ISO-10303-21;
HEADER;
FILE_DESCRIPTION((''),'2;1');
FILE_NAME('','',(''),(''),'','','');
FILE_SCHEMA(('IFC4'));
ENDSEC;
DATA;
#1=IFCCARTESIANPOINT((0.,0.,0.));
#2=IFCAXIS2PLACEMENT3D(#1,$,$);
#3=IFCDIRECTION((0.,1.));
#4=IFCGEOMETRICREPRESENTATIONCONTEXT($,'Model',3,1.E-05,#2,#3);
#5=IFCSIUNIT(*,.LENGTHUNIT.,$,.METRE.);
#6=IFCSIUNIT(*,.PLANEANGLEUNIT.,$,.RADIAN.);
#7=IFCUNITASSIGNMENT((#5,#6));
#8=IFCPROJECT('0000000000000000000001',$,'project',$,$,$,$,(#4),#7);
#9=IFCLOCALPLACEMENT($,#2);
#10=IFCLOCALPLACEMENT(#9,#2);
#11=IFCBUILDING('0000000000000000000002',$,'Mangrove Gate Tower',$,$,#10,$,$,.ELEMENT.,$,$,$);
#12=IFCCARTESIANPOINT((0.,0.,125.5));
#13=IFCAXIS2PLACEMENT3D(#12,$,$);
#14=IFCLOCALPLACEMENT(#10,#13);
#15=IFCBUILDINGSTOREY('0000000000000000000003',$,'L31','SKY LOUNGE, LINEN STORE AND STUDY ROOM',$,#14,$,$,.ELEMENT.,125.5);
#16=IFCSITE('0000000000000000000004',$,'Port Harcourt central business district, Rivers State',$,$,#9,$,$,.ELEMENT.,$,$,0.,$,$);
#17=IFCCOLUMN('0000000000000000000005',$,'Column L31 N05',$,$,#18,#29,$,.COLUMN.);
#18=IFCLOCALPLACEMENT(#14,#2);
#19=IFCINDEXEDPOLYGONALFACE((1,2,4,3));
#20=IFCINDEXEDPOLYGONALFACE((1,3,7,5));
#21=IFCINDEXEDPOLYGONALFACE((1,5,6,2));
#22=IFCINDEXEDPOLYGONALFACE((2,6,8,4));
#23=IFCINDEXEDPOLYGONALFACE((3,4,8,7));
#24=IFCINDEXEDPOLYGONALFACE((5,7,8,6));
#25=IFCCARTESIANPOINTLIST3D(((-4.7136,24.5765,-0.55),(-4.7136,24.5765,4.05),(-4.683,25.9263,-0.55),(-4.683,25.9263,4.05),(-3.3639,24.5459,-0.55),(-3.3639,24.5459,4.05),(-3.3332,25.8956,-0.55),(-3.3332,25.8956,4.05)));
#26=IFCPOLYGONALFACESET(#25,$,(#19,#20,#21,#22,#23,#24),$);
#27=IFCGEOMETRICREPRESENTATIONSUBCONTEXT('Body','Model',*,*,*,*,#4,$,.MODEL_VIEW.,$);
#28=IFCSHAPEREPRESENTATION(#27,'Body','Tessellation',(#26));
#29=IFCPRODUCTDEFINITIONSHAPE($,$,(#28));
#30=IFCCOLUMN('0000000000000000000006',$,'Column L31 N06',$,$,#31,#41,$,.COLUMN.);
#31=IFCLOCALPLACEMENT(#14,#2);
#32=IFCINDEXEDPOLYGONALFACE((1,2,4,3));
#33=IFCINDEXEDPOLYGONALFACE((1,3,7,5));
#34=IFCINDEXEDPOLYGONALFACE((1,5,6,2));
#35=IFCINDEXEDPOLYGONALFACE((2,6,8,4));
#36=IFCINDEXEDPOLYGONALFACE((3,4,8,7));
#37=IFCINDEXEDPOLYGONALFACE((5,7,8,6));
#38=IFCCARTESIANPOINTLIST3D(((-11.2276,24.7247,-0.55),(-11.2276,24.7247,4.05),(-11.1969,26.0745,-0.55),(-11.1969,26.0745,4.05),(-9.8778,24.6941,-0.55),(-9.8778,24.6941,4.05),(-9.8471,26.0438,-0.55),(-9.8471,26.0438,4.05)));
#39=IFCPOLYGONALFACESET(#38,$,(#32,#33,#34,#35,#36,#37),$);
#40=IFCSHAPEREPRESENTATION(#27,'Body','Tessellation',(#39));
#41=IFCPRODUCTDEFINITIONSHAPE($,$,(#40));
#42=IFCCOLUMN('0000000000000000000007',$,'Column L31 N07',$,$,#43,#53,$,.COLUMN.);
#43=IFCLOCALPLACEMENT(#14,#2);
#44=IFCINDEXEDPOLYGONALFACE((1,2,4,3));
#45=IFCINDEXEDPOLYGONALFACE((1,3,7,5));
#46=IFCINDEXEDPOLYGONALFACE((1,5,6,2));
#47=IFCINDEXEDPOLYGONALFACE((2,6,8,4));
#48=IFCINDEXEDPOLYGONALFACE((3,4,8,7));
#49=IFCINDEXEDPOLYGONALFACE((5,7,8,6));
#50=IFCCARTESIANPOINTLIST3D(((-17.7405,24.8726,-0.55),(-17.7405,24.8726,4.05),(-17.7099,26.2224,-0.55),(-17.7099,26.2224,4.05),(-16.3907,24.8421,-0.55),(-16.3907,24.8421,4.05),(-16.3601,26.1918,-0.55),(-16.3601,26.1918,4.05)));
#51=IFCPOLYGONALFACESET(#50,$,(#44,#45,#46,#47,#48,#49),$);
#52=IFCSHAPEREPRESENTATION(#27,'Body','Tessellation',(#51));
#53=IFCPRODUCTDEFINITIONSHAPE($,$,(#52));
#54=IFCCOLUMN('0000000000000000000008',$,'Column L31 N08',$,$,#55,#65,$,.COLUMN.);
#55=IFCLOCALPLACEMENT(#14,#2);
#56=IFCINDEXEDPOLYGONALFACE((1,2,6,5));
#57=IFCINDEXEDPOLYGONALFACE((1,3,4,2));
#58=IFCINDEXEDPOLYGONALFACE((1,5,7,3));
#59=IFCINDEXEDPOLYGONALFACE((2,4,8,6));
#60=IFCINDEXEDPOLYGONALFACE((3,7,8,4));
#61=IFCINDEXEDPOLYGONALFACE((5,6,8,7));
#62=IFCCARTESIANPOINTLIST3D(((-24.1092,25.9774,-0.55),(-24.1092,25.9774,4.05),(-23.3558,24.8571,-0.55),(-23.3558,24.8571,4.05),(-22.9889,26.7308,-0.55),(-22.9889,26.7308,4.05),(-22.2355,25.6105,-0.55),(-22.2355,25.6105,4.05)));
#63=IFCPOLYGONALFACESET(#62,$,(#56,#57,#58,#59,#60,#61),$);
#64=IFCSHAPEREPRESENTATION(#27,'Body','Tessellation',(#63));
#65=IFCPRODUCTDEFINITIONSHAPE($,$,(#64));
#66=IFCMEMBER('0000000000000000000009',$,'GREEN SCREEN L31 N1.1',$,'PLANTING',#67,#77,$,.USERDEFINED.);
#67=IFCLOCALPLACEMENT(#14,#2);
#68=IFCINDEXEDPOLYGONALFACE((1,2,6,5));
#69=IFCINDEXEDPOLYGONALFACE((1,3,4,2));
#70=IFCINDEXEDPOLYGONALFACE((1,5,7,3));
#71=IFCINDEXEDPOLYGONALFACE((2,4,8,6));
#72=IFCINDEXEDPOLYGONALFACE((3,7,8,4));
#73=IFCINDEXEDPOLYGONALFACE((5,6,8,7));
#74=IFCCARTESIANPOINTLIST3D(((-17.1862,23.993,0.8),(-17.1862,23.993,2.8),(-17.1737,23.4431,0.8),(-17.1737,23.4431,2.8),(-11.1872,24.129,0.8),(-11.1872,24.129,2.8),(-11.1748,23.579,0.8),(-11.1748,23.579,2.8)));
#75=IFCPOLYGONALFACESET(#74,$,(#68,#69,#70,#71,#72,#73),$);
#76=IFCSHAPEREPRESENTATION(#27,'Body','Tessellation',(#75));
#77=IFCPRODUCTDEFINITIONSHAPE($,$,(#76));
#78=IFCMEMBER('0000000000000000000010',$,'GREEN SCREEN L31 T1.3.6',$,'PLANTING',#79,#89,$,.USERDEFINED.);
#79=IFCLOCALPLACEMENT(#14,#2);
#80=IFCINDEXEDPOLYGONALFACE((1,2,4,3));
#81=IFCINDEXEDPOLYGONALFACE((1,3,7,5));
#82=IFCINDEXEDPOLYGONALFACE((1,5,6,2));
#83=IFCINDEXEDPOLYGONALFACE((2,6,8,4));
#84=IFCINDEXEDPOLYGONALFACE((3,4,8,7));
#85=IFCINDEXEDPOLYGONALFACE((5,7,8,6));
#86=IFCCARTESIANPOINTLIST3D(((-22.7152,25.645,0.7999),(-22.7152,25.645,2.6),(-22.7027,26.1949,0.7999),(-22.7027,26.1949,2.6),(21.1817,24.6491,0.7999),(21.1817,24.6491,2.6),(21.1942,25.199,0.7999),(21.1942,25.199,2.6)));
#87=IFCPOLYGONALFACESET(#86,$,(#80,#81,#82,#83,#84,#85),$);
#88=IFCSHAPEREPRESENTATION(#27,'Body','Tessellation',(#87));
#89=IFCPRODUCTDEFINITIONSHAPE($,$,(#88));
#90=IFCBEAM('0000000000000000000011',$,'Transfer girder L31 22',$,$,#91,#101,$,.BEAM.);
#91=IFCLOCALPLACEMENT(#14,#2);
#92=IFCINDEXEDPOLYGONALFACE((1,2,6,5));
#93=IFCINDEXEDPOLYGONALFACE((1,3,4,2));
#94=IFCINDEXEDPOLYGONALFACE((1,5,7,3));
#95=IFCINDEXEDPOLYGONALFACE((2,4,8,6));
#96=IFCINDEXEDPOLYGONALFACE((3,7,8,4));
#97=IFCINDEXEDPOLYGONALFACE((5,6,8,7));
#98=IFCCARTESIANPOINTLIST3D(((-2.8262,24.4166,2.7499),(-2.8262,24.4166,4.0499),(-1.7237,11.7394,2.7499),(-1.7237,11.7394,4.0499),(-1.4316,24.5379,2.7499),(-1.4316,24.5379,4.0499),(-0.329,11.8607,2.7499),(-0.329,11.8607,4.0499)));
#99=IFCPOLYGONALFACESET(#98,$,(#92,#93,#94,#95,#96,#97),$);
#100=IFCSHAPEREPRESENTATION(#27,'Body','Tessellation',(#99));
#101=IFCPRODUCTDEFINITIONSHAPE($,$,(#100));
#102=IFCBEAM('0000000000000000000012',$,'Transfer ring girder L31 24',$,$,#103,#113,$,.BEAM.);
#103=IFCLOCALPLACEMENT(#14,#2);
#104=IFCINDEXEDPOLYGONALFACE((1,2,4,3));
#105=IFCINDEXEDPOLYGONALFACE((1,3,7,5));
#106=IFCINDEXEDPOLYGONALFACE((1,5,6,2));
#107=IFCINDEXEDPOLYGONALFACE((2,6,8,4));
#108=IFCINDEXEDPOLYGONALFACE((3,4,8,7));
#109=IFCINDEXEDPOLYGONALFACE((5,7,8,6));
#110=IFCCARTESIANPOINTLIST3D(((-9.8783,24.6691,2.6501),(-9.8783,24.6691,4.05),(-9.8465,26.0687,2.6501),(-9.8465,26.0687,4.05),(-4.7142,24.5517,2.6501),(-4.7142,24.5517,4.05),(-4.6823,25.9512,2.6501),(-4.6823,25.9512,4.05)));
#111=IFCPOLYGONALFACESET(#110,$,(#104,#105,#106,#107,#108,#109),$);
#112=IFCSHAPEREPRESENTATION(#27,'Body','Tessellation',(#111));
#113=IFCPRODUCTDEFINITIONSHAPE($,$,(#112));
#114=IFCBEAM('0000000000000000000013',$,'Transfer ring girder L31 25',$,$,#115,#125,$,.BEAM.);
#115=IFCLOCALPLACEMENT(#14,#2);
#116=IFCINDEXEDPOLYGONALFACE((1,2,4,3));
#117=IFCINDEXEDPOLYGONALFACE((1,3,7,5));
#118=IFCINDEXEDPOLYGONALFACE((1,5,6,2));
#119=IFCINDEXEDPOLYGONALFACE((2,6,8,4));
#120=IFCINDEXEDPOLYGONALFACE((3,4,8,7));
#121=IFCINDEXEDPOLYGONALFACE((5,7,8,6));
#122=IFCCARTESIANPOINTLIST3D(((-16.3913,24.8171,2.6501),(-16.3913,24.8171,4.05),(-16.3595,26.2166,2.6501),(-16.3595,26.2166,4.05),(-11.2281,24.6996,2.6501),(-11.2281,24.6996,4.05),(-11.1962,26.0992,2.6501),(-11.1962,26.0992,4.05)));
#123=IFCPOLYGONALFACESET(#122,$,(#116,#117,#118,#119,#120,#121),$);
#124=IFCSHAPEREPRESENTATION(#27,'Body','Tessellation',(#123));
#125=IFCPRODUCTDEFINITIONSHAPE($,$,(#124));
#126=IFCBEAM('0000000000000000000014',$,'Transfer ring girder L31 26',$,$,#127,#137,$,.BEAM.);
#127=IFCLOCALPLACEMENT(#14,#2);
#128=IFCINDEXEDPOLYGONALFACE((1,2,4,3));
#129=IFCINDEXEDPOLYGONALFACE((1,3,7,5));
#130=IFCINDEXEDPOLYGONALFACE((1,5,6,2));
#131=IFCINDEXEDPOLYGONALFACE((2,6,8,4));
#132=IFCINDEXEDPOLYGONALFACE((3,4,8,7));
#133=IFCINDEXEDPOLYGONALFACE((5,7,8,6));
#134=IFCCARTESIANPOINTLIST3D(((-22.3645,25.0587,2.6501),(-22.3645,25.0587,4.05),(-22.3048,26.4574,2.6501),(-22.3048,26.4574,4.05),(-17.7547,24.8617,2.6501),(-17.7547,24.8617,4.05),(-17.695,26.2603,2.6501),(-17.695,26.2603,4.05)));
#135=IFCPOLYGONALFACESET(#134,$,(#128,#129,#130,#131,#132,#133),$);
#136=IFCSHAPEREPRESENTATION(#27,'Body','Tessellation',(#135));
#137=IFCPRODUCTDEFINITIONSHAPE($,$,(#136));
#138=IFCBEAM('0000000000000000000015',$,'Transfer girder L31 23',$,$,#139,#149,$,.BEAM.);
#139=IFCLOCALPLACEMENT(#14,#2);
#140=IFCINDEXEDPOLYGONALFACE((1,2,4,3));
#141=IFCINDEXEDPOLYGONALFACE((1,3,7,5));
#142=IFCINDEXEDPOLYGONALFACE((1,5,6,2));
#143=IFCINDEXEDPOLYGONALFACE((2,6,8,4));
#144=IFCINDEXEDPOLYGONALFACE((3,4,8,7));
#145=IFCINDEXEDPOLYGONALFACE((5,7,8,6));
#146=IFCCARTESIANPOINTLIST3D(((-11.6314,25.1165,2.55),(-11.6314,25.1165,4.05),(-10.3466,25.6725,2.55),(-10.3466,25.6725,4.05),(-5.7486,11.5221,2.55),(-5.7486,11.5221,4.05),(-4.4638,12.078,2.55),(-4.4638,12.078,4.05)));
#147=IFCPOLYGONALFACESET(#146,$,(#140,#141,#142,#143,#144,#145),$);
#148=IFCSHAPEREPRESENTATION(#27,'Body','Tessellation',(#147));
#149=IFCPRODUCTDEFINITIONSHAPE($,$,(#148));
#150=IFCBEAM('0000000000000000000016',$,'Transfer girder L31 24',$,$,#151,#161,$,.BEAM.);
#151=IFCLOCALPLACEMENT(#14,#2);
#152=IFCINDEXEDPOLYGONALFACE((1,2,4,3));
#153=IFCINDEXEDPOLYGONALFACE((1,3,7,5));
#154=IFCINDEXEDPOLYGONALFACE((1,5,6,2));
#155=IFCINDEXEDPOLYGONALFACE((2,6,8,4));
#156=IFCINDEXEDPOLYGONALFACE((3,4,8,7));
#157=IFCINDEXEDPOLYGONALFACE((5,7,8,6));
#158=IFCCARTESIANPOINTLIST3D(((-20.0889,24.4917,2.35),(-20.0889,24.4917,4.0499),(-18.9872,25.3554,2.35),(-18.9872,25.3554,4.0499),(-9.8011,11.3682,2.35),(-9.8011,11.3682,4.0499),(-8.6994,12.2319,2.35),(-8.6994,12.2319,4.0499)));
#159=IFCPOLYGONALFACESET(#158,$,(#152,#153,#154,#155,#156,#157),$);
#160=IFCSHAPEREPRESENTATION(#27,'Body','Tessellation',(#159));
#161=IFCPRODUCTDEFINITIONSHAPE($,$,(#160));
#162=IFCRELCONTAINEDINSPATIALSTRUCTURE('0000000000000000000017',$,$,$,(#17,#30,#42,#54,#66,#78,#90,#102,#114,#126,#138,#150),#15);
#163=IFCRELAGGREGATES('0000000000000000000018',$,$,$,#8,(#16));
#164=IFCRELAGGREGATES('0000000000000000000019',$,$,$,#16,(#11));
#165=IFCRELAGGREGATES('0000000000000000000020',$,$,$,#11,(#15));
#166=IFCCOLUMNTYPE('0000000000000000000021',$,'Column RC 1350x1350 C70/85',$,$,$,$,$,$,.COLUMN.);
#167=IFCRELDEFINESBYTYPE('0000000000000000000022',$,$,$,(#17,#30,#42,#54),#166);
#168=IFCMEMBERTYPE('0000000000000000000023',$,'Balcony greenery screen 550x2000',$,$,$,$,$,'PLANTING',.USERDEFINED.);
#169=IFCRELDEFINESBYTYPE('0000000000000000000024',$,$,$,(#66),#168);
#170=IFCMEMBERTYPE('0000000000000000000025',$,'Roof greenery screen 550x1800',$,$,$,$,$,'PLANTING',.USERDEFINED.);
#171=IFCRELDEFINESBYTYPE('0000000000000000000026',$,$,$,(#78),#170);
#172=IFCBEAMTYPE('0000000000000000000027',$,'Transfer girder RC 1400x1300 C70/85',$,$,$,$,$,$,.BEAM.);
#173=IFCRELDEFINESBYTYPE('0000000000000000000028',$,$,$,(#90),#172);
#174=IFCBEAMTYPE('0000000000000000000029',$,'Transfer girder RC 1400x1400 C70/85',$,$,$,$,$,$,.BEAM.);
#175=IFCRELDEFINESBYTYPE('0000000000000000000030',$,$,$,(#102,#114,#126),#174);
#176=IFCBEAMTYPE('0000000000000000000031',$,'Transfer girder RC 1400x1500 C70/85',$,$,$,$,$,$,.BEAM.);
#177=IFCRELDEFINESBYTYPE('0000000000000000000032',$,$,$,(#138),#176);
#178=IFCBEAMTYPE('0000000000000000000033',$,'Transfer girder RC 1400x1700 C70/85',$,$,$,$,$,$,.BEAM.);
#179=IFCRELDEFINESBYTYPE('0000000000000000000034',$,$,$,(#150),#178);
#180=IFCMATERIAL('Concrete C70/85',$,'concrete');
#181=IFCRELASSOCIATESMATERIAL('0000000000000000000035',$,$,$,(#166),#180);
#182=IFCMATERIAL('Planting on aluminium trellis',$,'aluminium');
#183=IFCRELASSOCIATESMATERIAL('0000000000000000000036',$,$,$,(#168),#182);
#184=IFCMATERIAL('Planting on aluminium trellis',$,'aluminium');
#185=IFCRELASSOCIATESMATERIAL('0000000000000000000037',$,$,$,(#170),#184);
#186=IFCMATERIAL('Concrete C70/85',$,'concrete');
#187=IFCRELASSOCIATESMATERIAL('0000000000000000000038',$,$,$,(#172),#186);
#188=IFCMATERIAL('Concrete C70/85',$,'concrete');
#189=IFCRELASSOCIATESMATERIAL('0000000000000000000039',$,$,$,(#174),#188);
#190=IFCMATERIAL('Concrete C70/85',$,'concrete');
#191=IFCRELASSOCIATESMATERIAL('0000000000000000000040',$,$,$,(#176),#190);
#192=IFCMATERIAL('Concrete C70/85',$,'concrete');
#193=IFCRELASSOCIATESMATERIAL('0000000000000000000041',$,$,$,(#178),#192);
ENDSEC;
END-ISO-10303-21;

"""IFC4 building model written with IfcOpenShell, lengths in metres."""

from ifc_helpers import new_model, si_unit, direction, frame, origin, origin_2d, place, context, subcontext, project, spatial, rectangle, extrude, material, material_profile, profile_set, type_object, element, save


model = new_model("IFC4")

# Units and contexts
model_context = context("Model", 3, precision=1e-05, world=origin(), true_north=direction((0.0, 1.0)))
body_context = subcontext(model_context, "Body", "Model", "MODEL_VIEW")
ifc_project = project(units=[si_unit("LENGTHUNIT", "METRE"), si_unit("PLANEANGLEUNIT", "RADIAN")], contexts=[model_context])

# Site, building, storey
site_placement = place(None, origin())
site = spatial("IfcSite", under=ifc_project, at=site_placement, Name="Port Harcourt central business district, Rivers State", CompositionType="ELEMENT", RefElevation=0.0)
building_placement = place(site_placement, origin())
building = spatial("IfcBuilding", under=site, at=building_placement, Name="Mangrove Gate Tower", CompositionType="ELEMENT")
storey_placement = place(building_placement, frame((0.0, 0.0, 125.5)))
storey = spatial("IfcBuildingStorey", under=building, at=storey_placement, Name="L31", Description="SKY LOUNGE, LINEN STORE AND STUDY ROOM", CompositionType="ELEMENT", Elevation=125.5)

# Columns
ifc_material_1 = material(Name="Concrete C70/85", Category="concrete")
ifc_material_profile_1 = material_profile(ifc_material_1, rectangle(XDim=1.3501, YDim=1.3501, at=origin_2d()))
ifc_profile_set_1 = profile_set([ifc_material_profile_1], Name="Concrete C70/85")
column_type = type_object("IfcColumnType", Name="Column RC 1350x1350 C70/85", PredefinedType="COLUMN", material=ifc_profile_set_1)
for number, where, z_axis, x_axis, name in (
    (1, (-4.0234, 25.2361, -0.55), (0.0, 0.0, 1.0), (-0.999742, 0.022714, 0.0), "Column L31 N05"),
    (2, (-10.5374, 25.3843, -0.55), (0.0, 0.0, 1.0), (-0.999742, 0.022716, 0.0), "Column L31 N06"),
    (3, (-17.0503, 25.5322, -0.55), (0.0, 0.0, 1.0), (-0.999744, 0.022639, 0.0), "Column L31 N07"),
    (4, (-23.1724, 25.7939, -0.55), (0.0, 0.0, 1.0), (-0.829826, -0.558023, 0.0), "Column L31 N08"),
):
    element("IfcColumn", number, at=place(storey_placement, frame(where, z_axis=z_axis, x_axis=x_axis)), inside=storey, type_object=column_type, Name=name, PredefinedType="COLUMN", context=body_context, shape_type="SweptSolid", body=[
        extrude(rectangle(XDim=1.3501, YDim=1.3501, at=origin_2d()), origin(), (0.0, 0.0, 1.0), 4.6001),
    ])

# Members
ifc_material_2 = material(Name="Planting on aluminium trellis", Category="aluminium")
ifc_material_profile_2 = material_profile(ifc_material_2, rectangle(XDim=0.55, YDim=2.0, at=origin_2d()))
ifc_profile_set_2 = profile_set([ifc_material_profile_2], Name="Planting on aluminium trellis")
member_type_1 = type_object("IfcMemberType", Name="Balcony greenery screen 550x2000", ElementType="PLANTING", PredefinedType="USERDEFINED", material=ifc_profile_set_2)
member_1_placement = place(storey_placement, frame((-17.1799, 23.718, 1.8), z_axis=(0.999743, 0.022662, 0.0), x_axis=(-0.022662, 0.999743, 0.0)))
element("IfcMember", 5, at=member_1_placement, inside=storey, type_object=member_type_1, Name="GREEN SCREEN L31 N1.1", ObjectType="PLANTING", PredefinedType="USERDEFINED", context=body_context, shape_type="SweptSolid", body=[
    extrude(rectangle(XDim=0.55, YDim=2.0, at=origin_2d()), origin(), (0.0, 0.0, 1.0), 6.0005),
])
ifc_material_3 = material(Name="Planting on aluminium trellis", Category="aluminium")
ifc_material_profile_3 = material_profile(ifc_material_3, rectangle(XDim=0.55, YDim=1.8, at=origin_2d()))
ifc_profile_set_3 = profile_set([ifc_material_profile_3], Name="Planting on aluminium trellis")
member_type_2 = type_object("IfcMemberType", Name="Roof greenery screen 550x1800", ElementType="PLANTING", PredefinedType="USERDEFINED", material=ifc_profile_set_3)
member_2_placement = place(storey_placement, frame((-22.709, 25.9199, 1.7), z_axis=(0.999743, -0.02268, 0.0), x_axis=(0.02268, 0.999743, 0.0)))
element("IfcMember", 6, at=member_2_placement, inside=storey, type_object=member_type_2, Name="GREEN SCREEN L31 T1.3.6", ObjectType="PLANTING", PredefinedType="USERDEFINED", context=body_context, shape_type="SweptSolid", body=[
    extrude(rectangle(XDim=0.55, YDim=1.8, at=origin_2d()), origin(), (0.0, 0.0, 1.0), 43.9082),
])

# Beams
ifc_material_4 = material(Name="Concrete C70/85", Category="concrete")
ifc_material_profile_4 = material_profile(ifc_material_4, rectangle(XDim=1.3999, YDim=1.3, at=origin_2d()))
ifc_profile_set_4 = profile_set([ifc_material_profile_4], Name="Concrete C70/85")
beam_type_1 = type_object("IfcBeamType", Name="Transfer girder RC 1400x1300 C70/85", PredefinedType="BEAM", material=ifc_profile_set_4)
beam_1_placement = place(storey_placement, frame((-1.0264, 11.8, 3.3999), z_axis=(-0.086643, 0.996239, 0.0), x_axis=(-0.996239, -0.086643, 0.0)))
element("IfcBeam", 7, at=beam_1_placement, inside=storey, type_object=beam_type_1, Name="Transfer girder L31 22", PredefinedType="BEAM", context=body_context, shape_type="SweptSolid", body=[
    extrude(rectangle(XDim=1.3999, YDim=1.3, at=origin_2d()), origin(), (0.0, 0.0, 1.0), 12.7251),
])
ifc_material_5 = material(Name="Concrete C70/85", Category="concrete")
ifc_material_profile_5 = material_profile(ifc_material_5, rectangle(XDim=1.3999, YDim=1.3999, at=origin_2d()))
ifc_profile_set_5 = profile_set([ifc_material_profile_5], Name="Concrete C70/85")
beam_type_2 = type_object("IfcBeamType", Name="Transfer girder RC 1400x1400 C70/85", PredefinedType="BEAM", material=ifc_profile_set_5)
beam_2_placement = place(storey_placement, frame((-4.6982, 25.2515, 3.3501), z_axis=(-0.999742, 0.022733, 0.0), x_axis=(-0.022733, -0.999742, 0.0)))
element("IfcBeam", 8, at=beam_2_placement, inside=storey, type_object=beam_type_2, Name="Transfer ring girder L31 24", PredefinedType="BEAM", context=body_context, shape_type="SweptSolid", body=[
    extrude(rectangle(XDim=1.3999, YDim=1.3999, at=origin_2d()), origin(), (0.0, 0.0, 1.0), 5.1655),
])
beam_3_placement = place(storey_placement, frame((-11.2122, 25.3994, 3.3501), z_axis=(-0.999741, 0.022738, 0.0), x_axis=(-0.022738, -0.999741, 0.0)))
element("IfcBeam", 9, at=beam_3_placement, inside=storey, type_object=beam_type_2, Name="Transfer ring girder L31 25", PredefinedType="BEAM", context=body_context, shape_type="SweptSolid", body=[
    extrude(rectangle(XDim=1.3999, YDim=1.3999, at=origin_2d()), origin(), (0.0, 0.0, 1.0), 5.1646),
])
beam_4_placement = place(storey_placement, frame((-17.7249, 25.561, 3.3501), z_axis=(-0.999088, 0.0427, 0.0), x_axis=(-0.0427, -0.999088, 0.0)))
element("IfcBeam", 10, at=beam_4_placement, inside=storey, type_object=beam_type_2, Name="Transfer ring girder L31 26", PredefinedType="BEAM", context=body_context, shape_type="SweptSolid", body=[
    extrude(rectangle(XDim=1.3999, YDim=1.3999, at=origin_2d()), origin(), (0.0, 0.0, 1.0), 4.614),
])
ifc_material_6 = material(Name="Concrete C70/85", Category="concrete")
ifc_material_profile_6 = material_profile(ifc_material_6, rectangle(XDim=1.3999, YDim=1.5, at=origin_2d()))
ifc_profile_set_6 = profile_set([ifc_material_profile_6], Name="Concrete C70/85")
beam_type_3 = type_object("IfcBeamType", Name="Transfer girder RC 1400x1500 C70/85", PredefinedType="BEAM", material=ifc_profile_set_6)
beam_5_placement = place(storey_placement, frame((-5.1062, 11.8, 3.3), z_axis=(-0.397145, 0.917756, 0.0), x_axis=(-0.917756, -0.397145, 0.0)))
element("IfcBeam", 11, at=beam_5_placement, inside=storey, type_object=beam_type_3, Name="Transfer girder L31 23", PredefinedType="BEAM", context=body_context, shape_type="SweptSolid", body=[
    extrude(rectangle(XDim=1.3999, YDim=1.5, at=origin_2d()), origin(), (0.0, 0.0, 1.0), 14.8127),
])
ifc_material_7 = material(Name="Concrete C70/85", Category="concrete")
ifc_material_profile_7 = material_profile(ifc_material_7, rectangle(XDim=1.3999, YDim=1.7, at=origin_2d()))
ifc_profile_set_7 = profile_set([ifc_material_profile_7], Name="Concrete C70/85")
beam_type_4 = type_object("IfcBeamType", Name="Transfer girder RC 1400x1700 C70/85", PredefinedType="BEAM", material=ifc_profile_set_7)
beam_6_placement = place(storey_placement, frame((-9.2502, 11.8, 3.2), z_axis=(-0.61695, 0.787003, 0.0), x_axis=(-0.787003, -0.61695, 0.0)))
element("IfcBeam", 12, at=beam_6_placement, inside=storey, type_object=beam_type_4, Name="Transfer girder L31 24", PredefinedType="BEAM", context=body_context, shape_type="SweptSolid", body=[
    extrude(rectangle(XDim=1.3999, YDim=1.7, at=origin_2d()), origin(), (0.0, 0.0, 1.0), 16.6753),
])

save(model, "model.ifc")
